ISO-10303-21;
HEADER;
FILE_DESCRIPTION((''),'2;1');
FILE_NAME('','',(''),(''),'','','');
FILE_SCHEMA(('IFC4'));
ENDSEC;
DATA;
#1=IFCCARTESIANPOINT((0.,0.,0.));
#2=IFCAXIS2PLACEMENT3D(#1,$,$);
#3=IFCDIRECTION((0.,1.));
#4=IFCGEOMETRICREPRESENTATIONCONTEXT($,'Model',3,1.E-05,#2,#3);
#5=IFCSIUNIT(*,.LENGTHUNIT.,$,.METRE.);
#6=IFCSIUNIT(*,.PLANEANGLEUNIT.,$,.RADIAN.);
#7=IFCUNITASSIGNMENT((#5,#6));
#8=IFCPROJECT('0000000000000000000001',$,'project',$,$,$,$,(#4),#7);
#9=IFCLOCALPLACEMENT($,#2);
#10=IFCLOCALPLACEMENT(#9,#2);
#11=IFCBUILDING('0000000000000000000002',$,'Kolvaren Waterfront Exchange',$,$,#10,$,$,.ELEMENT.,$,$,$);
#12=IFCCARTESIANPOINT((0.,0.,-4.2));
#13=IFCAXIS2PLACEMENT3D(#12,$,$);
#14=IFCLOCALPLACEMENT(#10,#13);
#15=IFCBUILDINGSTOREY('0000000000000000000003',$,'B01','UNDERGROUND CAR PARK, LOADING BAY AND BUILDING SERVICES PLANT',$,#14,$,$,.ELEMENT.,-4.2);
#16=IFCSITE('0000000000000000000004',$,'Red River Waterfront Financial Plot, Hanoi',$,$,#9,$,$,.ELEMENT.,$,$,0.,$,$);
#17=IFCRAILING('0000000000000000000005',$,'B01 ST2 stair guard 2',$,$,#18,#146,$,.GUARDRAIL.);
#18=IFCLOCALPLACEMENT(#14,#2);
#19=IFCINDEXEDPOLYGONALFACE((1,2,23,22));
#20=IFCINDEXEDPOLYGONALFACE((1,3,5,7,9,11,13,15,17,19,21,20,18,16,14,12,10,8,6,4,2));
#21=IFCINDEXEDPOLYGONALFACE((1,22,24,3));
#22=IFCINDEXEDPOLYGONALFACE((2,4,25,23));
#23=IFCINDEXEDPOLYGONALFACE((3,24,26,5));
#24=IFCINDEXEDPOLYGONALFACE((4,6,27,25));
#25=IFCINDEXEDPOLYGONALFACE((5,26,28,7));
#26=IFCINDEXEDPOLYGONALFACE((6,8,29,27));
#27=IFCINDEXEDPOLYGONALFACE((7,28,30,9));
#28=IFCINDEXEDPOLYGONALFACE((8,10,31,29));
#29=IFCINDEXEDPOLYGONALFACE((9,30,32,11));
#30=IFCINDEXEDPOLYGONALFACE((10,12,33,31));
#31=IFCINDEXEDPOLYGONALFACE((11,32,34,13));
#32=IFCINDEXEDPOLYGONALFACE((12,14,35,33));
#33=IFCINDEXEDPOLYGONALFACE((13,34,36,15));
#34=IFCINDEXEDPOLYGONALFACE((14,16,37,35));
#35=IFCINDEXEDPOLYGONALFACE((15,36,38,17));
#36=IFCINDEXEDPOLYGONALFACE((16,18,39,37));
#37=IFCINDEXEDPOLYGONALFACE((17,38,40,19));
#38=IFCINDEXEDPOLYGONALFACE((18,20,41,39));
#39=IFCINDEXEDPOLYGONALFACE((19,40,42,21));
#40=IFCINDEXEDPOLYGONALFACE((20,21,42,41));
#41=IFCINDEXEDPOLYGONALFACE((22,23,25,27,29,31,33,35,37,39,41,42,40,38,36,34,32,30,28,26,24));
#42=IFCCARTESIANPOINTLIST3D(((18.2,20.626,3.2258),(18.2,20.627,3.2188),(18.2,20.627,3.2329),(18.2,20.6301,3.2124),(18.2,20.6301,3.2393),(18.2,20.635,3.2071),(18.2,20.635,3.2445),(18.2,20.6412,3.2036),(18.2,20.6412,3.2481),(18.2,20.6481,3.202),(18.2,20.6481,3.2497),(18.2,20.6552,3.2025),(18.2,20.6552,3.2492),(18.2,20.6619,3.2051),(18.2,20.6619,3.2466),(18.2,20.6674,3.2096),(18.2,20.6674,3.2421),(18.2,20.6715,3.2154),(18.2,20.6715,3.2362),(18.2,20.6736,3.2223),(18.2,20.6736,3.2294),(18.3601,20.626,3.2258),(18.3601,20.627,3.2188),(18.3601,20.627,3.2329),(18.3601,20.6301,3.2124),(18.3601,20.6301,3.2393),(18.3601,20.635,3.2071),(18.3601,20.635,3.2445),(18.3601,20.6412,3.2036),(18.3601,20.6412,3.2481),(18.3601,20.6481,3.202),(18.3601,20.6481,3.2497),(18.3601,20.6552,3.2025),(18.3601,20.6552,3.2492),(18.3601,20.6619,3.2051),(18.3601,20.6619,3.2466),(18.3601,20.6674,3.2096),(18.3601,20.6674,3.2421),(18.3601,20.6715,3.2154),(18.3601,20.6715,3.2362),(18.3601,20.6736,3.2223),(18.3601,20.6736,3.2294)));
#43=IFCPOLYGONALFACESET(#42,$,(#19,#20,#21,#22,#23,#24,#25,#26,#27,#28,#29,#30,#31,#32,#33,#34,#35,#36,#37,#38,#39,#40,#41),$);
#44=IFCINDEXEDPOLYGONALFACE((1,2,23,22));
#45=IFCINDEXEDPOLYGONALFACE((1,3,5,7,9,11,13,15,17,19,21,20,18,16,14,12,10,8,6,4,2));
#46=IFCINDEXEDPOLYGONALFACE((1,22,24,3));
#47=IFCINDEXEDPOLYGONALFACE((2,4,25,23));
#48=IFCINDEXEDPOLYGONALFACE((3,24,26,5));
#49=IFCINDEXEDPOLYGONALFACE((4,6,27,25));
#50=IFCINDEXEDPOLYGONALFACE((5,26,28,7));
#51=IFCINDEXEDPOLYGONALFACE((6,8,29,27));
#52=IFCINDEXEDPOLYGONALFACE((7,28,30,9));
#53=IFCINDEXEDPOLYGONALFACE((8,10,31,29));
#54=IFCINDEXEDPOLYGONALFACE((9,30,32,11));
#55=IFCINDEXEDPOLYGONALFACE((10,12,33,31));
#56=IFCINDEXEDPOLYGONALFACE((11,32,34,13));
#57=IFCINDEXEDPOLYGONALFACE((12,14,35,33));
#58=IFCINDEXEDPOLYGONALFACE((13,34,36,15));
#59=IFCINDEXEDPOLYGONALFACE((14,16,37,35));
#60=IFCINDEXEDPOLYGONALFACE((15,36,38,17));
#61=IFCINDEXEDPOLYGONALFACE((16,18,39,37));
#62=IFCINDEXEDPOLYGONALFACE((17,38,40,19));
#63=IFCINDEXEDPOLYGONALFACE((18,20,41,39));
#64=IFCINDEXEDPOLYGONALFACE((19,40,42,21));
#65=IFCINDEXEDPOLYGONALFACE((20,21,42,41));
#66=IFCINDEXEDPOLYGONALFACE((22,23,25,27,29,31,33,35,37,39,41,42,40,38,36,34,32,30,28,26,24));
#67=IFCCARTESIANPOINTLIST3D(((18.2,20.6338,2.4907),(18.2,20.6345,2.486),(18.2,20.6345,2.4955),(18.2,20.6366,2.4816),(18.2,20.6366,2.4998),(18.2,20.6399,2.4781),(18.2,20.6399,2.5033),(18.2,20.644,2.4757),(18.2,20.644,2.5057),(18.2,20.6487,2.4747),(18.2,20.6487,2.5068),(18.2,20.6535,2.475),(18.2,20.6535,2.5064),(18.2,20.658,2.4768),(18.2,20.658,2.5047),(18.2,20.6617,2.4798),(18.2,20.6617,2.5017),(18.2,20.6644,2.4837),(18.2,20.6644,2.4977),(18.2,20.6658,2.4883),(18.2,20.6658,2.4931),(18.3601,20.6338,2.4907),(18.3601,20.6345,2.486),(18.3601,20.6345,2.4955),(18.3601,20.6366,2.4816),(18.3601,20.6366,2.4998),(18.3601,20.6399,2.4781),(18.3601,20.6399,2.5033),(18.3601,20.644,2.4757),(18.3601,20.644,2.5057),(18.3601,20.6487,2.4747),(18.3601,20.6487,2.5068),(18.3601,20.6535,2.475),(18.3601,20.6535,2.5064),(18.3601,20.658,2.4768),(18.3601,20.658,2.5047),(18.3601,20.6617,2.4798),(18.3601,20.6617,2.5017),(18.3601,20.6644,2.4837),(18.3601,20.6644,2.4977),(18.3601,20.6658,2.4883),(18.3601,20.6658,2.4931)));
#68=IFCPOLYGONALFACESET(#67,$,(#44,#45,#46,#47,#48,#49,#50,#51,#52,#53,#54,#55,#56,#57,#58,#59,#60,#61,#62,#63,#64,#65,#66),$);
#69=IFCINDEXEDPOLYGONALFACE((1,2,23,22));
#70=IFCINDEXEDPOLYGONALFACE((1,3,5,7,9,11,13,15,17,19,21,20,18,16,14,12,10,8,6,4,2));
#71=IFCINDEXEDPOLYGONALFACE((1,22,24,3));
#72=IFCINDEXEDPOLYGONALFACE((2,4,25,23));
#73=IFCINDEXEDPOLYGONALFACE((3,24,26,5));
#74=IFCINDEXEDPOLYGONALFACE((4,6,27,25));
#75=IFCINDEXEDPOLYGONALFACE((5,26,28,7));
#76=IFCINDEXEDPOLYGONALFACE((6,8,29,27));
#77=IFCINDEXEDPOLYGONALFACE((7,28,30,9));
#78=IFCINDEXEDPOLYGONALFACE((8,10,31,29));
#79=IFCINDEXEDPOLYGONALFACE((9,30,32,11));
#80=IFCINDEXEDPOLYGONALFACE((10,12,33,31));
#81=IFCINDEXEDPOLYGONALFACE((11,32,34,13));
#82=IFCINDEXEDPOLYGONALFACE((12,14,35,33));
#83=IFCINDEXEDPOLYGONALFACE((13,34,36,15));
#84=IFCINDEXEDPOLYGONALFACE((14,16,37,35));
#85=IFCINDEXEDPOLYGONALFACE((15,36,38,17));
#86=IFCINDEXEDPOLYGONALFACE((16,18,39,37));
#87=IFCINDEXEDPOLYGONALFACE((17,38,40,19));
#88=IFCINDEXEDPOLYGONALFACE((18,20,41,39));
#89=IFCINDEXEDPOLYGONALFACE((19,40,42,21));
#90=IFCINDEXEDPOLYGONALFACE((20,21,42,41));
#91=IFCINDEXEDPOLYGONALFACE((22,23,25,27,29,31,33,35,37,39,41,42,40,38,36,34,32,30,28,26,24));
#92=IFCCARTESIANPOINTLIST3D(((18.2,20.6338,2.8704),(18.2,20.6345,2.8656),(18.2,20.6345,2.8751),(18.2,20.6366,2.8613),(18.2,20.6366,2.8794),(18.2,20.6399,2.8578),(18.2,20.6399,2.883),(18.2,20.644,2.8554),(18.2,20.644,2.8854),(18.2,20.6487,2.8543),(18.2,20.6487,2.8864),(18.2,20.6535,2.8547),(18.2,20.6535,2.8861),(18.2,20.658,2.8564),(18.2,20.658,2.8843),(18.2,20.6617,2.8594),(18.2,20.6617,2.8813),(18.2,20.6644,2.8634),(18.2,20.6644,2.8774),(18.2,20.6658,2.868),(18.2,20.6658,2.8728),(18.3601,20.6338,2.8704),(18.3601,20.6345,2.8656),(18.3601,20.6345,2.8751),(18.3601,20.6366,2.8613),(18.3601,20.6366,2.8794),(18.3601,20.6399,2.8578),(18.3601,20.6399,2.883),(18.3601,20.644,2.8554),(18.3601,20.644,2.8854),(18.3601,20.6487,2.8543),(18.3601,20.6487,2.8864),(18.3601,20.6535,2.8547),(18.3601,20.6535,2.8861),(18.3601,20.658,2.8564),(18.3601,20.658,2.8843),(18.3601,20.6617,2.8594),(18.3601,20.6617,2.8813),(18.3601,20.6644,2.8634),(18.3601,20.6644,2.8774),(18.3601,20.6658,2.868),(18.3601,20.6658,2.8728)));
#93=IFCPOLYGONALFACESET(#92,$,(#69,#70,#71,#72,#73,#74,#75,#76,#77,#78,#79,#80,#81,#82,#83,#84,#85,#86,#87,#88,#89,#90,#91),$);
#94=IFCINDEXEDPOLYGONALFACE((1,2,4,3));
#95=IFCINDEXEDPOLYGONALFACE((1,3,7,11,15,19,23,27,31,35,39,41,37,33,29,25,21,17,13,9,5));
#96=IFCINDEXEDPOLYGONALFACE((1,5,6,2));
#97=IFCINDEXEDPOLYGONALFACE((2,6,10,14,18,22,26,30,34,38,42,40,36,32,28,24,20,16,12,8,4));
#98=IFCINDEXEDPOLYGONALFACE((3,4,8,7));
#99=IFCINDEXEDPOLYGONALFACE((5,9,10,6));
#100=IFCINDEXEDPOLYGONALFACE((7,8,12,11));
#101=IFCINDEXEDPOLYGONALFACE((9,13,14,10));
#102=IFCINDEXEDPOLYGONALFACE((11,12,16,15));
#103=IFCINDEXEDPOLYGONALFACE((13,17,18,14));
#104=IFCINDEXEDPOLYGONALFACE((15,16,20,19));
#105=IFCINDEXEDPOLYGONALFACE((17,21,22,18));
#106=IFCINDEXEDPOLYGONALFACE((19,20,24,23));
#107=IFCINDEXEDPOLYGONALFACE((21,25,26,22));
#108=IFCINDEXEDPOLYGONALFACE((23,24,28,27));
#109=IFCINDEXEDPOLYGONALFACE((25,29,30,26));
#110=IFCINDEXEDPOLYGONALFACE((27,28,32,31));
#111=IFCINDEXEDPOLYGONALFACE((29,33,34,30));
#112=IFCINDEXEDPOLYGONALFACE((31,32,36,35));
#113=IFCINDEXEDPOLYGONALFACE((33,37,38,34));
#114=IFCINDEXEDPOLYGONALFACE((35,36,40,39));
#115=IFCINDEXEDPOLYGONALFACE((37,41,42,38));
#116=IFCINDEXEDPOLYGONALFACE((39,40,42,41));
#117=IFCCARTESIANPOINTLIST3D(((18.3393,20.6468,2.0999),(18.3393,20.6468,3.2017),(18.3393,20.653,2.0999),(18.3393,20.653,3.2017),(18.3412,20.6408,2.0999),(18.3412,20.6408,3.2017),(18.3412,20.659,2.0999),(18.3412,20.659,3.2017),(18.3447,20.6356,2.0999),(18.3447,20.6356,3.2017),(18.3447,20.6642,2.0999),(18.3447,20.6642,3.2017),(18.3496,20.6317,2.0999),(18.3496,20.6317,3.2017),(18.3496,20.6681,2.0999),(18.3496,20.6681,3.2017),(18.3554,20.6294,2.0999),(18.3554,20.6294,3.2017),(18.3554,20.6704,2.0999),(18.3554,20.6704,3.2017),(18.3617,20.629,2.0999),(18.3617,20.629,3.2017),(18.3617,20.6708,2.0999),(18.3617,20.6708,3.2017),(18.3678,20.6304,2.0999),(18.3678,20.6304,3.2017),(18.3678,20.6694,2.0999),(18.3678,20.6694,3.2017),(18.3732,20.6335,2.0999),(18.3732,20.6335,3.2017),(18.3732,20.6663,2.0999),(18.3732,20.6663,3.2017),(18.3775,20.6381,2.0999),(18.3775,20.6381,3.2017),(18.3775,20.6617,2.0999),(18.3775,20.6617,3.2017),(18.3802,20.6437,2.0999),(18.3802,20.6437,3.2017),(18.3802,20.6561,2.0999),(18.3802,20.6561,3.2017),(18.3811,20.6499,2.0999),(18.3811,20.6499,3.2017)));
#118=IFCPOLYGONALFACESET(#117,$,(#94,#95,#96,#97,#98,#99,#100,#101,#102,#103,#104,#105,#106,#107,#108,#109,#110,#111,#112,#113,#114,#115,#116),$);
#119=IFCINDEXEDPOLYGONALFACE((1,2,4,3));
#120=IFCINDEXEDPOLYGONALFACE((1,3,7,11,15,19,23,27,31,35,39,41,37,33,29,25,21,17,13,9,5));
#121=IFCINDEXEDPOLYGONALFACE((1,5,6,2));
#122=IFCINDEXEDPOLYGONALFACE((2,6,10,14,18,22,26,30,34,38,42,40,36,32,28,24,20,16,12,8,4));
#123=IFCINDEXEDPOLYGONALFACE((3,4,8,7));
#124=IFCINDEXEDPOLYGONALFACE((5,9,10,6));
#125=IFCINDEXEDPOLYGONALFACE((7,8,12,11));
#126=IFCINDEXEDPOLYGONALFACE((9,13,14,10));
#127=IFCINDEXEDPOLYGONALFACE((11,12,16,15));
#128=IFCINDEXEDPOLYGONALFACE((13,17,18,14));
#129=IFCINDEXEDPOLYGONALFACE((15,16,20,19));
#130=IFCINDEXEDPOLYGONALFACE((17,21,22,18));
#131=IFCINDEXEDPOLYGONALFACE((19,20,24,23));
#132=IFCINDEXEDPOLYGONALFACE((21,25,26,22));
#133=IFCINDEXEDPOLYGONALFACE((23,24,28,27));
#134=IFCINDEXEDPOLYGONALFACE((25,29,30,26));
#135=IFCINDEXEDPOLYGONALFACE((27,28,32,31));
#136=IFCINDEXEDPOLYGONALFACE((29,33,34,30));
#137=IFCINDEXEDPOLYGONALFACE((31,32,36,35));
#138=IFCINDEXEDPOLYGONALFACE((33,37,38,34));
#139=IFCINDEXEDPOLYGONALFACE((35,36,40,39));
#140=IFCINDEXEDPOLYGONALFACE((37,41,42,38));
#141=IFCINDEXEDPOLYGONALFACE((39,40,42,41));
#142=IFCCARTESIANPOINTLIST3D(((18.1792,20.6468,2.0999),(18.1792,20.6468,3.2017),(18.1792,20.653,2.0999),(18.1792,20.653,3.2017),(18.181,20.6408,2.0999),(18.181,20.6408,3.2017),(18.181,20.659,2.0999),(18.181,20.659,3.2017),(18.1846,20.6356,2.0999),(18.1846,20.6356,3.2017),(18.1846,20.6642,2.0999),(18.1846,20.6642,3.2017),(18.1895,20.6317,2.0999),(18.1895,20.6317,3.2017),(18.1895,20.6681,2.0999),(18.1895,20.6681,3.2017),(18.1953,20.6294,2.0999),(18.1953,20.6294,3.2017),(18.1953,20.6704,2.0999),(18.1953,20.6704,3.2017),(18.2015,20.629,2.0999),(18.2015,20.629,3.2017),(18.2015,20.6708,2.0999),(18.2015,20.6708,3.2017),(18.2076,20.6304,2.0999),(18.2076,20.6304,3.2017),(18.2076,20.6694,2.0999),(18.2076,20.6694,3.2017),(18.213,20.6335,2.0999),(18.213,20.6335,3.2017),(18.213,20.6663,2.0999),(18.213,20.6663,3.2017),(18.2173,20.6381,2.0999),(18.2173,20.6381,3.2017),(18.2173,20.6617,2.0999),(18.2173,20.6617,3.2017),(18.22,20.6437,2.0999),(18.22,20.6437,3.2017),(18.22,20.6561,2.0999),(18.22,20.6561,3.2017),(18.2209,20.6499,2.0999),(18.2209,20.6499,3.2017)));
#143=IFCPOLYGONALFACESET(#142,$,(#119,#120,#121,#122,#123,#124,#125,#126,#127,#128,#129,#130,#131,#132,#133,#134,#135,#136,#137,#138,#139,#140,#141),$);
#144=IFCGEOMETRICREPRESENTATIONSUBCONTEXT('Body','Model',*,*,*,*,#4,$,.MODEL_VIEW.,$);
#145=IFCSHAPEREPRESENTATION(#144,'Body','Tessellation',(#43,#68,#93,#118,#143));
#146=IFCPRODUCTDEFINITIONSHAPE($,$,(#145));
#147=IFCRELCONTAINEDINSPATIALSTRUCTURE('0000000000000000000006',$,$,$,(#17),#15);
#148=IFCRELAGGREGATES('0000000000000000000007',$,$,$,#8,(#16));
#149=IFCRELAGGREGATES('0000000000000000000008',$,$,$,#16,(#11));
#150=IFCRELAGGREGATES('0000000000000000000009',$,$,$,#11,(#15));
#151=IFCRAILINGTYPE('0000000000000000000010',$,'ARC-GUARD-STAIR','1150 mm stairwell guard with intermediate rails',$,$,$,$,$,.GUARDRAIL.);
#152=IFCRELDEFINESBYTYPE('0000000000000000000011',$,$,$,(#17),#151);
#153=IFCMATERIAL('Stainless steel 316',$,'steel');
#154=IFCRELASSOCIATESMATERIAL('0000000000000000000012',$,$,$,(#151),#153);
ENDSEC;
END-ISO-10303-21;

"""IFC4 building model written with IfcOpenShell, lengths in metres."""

from ifc_helpers import new_model, si_unit, direction, frame, origin, origin_2d, place, context, subcontext, project, spatial, circle, extrude, material, type_object, element, save


model = new_model("IFC4")

# Units and contexts
model_context = context("Model", 3, precision=1e-05, world=origin(), true_north=direction((0.0, 1.0)))
body_context = subcontext(model_context, "Body", "Model", "MODEL_VIEW")
ifc_project = project(units=[si_unit("LENGTHUNIT", "METRE"), si_unit("PLANEANGLEUNIT", "RADIAN")], contexts=[model_context])

# Site, building, storey
site_placement = place(None, origin())
site = spatial("IfcSite", under=ifc_project, at=site_placement, Name="Red River Waterfront Financial Plot, Hanoi", CompositionType="ELEMENT", RefElevation=0.0)
building_placement = place(site_placement, origin())
building = spatial("IfcBuilding", under=site, at=building_placement, Name="Kolvaren Waterfront Exchange", CompositionType="ELEMENT")
storey_placement = place(building_placement, frame((0.0, 0.0, -4.2)))
storey = spatial("IfcBuildingStorey", under=building, at=storey_placement, Name="B01", Description="UNDERGROUND CAR PARK, LOADING BAY AND BUILDING SERVICES PLANT", CompositionType="ELEMENT", Elevation=-4.2)

# Railing
ifc_material_1 = material(Name="Stainless steel 316", Category="steel")
railing_type_1 = type_object("IfcRailingType", Name="ARC-GUARD-STAIR", Description="1150 mm stairwell guard with intermediate rails", PredefinedType="GUARDRAIL", material=ifc_material_1)
railing_1_placement = place(storey_placement, frame((18.3601, 20.6499, 2.0999)))
element("IfcRailing", 1, at=railing_1_placement, inside=storey, type_object=railing_type_1, Name="B01 ST2 stair guard 2", PredefinedType="GUARDRAIL", context=body_context, shape_type="SweptSolid", body=[
    extrude(circle(Radius=0.0239, at=origin_2d()), frame((0.0, 0.0, 1.126), z_axis=(-1.0, 0.0, 0.0), x_axis=(0.0, -1.0, 0.0)), (0.0, 0.0, 1.0), 0.1602),
    extrude(circle(Radius=0.0161, at=origin_2d()), frame((0.0, 0.0, 0.3909), z_axis=(-1.0, 0.0, 0.0), x_axis=(0.0, -1.0, 0.0)), (0.0, 0.0, 1.0), 0.1602),
    extrude(circle(Radius=0.0161, at=origin_2d()), frame((0.0, 0.0, 0.7705), z_axis=(-1.0, 0.0, 0.0), x_axis=(0.0, -1.0, 0.0)), (0.0, 0.0, 1.0), 0.1602),
    extrude(circle(Radius=0.021, at=origin_2d()), origin(), (0.0, 0.0, 1.0), 1.1018),
    extrude(circle(Radius=0.021, at=origin_2d()), frame((-0.1602, 0.0, 0.0)), (0.0, 0.0, 1.0), 1.1018),
])

save(model, "model.ifc")
